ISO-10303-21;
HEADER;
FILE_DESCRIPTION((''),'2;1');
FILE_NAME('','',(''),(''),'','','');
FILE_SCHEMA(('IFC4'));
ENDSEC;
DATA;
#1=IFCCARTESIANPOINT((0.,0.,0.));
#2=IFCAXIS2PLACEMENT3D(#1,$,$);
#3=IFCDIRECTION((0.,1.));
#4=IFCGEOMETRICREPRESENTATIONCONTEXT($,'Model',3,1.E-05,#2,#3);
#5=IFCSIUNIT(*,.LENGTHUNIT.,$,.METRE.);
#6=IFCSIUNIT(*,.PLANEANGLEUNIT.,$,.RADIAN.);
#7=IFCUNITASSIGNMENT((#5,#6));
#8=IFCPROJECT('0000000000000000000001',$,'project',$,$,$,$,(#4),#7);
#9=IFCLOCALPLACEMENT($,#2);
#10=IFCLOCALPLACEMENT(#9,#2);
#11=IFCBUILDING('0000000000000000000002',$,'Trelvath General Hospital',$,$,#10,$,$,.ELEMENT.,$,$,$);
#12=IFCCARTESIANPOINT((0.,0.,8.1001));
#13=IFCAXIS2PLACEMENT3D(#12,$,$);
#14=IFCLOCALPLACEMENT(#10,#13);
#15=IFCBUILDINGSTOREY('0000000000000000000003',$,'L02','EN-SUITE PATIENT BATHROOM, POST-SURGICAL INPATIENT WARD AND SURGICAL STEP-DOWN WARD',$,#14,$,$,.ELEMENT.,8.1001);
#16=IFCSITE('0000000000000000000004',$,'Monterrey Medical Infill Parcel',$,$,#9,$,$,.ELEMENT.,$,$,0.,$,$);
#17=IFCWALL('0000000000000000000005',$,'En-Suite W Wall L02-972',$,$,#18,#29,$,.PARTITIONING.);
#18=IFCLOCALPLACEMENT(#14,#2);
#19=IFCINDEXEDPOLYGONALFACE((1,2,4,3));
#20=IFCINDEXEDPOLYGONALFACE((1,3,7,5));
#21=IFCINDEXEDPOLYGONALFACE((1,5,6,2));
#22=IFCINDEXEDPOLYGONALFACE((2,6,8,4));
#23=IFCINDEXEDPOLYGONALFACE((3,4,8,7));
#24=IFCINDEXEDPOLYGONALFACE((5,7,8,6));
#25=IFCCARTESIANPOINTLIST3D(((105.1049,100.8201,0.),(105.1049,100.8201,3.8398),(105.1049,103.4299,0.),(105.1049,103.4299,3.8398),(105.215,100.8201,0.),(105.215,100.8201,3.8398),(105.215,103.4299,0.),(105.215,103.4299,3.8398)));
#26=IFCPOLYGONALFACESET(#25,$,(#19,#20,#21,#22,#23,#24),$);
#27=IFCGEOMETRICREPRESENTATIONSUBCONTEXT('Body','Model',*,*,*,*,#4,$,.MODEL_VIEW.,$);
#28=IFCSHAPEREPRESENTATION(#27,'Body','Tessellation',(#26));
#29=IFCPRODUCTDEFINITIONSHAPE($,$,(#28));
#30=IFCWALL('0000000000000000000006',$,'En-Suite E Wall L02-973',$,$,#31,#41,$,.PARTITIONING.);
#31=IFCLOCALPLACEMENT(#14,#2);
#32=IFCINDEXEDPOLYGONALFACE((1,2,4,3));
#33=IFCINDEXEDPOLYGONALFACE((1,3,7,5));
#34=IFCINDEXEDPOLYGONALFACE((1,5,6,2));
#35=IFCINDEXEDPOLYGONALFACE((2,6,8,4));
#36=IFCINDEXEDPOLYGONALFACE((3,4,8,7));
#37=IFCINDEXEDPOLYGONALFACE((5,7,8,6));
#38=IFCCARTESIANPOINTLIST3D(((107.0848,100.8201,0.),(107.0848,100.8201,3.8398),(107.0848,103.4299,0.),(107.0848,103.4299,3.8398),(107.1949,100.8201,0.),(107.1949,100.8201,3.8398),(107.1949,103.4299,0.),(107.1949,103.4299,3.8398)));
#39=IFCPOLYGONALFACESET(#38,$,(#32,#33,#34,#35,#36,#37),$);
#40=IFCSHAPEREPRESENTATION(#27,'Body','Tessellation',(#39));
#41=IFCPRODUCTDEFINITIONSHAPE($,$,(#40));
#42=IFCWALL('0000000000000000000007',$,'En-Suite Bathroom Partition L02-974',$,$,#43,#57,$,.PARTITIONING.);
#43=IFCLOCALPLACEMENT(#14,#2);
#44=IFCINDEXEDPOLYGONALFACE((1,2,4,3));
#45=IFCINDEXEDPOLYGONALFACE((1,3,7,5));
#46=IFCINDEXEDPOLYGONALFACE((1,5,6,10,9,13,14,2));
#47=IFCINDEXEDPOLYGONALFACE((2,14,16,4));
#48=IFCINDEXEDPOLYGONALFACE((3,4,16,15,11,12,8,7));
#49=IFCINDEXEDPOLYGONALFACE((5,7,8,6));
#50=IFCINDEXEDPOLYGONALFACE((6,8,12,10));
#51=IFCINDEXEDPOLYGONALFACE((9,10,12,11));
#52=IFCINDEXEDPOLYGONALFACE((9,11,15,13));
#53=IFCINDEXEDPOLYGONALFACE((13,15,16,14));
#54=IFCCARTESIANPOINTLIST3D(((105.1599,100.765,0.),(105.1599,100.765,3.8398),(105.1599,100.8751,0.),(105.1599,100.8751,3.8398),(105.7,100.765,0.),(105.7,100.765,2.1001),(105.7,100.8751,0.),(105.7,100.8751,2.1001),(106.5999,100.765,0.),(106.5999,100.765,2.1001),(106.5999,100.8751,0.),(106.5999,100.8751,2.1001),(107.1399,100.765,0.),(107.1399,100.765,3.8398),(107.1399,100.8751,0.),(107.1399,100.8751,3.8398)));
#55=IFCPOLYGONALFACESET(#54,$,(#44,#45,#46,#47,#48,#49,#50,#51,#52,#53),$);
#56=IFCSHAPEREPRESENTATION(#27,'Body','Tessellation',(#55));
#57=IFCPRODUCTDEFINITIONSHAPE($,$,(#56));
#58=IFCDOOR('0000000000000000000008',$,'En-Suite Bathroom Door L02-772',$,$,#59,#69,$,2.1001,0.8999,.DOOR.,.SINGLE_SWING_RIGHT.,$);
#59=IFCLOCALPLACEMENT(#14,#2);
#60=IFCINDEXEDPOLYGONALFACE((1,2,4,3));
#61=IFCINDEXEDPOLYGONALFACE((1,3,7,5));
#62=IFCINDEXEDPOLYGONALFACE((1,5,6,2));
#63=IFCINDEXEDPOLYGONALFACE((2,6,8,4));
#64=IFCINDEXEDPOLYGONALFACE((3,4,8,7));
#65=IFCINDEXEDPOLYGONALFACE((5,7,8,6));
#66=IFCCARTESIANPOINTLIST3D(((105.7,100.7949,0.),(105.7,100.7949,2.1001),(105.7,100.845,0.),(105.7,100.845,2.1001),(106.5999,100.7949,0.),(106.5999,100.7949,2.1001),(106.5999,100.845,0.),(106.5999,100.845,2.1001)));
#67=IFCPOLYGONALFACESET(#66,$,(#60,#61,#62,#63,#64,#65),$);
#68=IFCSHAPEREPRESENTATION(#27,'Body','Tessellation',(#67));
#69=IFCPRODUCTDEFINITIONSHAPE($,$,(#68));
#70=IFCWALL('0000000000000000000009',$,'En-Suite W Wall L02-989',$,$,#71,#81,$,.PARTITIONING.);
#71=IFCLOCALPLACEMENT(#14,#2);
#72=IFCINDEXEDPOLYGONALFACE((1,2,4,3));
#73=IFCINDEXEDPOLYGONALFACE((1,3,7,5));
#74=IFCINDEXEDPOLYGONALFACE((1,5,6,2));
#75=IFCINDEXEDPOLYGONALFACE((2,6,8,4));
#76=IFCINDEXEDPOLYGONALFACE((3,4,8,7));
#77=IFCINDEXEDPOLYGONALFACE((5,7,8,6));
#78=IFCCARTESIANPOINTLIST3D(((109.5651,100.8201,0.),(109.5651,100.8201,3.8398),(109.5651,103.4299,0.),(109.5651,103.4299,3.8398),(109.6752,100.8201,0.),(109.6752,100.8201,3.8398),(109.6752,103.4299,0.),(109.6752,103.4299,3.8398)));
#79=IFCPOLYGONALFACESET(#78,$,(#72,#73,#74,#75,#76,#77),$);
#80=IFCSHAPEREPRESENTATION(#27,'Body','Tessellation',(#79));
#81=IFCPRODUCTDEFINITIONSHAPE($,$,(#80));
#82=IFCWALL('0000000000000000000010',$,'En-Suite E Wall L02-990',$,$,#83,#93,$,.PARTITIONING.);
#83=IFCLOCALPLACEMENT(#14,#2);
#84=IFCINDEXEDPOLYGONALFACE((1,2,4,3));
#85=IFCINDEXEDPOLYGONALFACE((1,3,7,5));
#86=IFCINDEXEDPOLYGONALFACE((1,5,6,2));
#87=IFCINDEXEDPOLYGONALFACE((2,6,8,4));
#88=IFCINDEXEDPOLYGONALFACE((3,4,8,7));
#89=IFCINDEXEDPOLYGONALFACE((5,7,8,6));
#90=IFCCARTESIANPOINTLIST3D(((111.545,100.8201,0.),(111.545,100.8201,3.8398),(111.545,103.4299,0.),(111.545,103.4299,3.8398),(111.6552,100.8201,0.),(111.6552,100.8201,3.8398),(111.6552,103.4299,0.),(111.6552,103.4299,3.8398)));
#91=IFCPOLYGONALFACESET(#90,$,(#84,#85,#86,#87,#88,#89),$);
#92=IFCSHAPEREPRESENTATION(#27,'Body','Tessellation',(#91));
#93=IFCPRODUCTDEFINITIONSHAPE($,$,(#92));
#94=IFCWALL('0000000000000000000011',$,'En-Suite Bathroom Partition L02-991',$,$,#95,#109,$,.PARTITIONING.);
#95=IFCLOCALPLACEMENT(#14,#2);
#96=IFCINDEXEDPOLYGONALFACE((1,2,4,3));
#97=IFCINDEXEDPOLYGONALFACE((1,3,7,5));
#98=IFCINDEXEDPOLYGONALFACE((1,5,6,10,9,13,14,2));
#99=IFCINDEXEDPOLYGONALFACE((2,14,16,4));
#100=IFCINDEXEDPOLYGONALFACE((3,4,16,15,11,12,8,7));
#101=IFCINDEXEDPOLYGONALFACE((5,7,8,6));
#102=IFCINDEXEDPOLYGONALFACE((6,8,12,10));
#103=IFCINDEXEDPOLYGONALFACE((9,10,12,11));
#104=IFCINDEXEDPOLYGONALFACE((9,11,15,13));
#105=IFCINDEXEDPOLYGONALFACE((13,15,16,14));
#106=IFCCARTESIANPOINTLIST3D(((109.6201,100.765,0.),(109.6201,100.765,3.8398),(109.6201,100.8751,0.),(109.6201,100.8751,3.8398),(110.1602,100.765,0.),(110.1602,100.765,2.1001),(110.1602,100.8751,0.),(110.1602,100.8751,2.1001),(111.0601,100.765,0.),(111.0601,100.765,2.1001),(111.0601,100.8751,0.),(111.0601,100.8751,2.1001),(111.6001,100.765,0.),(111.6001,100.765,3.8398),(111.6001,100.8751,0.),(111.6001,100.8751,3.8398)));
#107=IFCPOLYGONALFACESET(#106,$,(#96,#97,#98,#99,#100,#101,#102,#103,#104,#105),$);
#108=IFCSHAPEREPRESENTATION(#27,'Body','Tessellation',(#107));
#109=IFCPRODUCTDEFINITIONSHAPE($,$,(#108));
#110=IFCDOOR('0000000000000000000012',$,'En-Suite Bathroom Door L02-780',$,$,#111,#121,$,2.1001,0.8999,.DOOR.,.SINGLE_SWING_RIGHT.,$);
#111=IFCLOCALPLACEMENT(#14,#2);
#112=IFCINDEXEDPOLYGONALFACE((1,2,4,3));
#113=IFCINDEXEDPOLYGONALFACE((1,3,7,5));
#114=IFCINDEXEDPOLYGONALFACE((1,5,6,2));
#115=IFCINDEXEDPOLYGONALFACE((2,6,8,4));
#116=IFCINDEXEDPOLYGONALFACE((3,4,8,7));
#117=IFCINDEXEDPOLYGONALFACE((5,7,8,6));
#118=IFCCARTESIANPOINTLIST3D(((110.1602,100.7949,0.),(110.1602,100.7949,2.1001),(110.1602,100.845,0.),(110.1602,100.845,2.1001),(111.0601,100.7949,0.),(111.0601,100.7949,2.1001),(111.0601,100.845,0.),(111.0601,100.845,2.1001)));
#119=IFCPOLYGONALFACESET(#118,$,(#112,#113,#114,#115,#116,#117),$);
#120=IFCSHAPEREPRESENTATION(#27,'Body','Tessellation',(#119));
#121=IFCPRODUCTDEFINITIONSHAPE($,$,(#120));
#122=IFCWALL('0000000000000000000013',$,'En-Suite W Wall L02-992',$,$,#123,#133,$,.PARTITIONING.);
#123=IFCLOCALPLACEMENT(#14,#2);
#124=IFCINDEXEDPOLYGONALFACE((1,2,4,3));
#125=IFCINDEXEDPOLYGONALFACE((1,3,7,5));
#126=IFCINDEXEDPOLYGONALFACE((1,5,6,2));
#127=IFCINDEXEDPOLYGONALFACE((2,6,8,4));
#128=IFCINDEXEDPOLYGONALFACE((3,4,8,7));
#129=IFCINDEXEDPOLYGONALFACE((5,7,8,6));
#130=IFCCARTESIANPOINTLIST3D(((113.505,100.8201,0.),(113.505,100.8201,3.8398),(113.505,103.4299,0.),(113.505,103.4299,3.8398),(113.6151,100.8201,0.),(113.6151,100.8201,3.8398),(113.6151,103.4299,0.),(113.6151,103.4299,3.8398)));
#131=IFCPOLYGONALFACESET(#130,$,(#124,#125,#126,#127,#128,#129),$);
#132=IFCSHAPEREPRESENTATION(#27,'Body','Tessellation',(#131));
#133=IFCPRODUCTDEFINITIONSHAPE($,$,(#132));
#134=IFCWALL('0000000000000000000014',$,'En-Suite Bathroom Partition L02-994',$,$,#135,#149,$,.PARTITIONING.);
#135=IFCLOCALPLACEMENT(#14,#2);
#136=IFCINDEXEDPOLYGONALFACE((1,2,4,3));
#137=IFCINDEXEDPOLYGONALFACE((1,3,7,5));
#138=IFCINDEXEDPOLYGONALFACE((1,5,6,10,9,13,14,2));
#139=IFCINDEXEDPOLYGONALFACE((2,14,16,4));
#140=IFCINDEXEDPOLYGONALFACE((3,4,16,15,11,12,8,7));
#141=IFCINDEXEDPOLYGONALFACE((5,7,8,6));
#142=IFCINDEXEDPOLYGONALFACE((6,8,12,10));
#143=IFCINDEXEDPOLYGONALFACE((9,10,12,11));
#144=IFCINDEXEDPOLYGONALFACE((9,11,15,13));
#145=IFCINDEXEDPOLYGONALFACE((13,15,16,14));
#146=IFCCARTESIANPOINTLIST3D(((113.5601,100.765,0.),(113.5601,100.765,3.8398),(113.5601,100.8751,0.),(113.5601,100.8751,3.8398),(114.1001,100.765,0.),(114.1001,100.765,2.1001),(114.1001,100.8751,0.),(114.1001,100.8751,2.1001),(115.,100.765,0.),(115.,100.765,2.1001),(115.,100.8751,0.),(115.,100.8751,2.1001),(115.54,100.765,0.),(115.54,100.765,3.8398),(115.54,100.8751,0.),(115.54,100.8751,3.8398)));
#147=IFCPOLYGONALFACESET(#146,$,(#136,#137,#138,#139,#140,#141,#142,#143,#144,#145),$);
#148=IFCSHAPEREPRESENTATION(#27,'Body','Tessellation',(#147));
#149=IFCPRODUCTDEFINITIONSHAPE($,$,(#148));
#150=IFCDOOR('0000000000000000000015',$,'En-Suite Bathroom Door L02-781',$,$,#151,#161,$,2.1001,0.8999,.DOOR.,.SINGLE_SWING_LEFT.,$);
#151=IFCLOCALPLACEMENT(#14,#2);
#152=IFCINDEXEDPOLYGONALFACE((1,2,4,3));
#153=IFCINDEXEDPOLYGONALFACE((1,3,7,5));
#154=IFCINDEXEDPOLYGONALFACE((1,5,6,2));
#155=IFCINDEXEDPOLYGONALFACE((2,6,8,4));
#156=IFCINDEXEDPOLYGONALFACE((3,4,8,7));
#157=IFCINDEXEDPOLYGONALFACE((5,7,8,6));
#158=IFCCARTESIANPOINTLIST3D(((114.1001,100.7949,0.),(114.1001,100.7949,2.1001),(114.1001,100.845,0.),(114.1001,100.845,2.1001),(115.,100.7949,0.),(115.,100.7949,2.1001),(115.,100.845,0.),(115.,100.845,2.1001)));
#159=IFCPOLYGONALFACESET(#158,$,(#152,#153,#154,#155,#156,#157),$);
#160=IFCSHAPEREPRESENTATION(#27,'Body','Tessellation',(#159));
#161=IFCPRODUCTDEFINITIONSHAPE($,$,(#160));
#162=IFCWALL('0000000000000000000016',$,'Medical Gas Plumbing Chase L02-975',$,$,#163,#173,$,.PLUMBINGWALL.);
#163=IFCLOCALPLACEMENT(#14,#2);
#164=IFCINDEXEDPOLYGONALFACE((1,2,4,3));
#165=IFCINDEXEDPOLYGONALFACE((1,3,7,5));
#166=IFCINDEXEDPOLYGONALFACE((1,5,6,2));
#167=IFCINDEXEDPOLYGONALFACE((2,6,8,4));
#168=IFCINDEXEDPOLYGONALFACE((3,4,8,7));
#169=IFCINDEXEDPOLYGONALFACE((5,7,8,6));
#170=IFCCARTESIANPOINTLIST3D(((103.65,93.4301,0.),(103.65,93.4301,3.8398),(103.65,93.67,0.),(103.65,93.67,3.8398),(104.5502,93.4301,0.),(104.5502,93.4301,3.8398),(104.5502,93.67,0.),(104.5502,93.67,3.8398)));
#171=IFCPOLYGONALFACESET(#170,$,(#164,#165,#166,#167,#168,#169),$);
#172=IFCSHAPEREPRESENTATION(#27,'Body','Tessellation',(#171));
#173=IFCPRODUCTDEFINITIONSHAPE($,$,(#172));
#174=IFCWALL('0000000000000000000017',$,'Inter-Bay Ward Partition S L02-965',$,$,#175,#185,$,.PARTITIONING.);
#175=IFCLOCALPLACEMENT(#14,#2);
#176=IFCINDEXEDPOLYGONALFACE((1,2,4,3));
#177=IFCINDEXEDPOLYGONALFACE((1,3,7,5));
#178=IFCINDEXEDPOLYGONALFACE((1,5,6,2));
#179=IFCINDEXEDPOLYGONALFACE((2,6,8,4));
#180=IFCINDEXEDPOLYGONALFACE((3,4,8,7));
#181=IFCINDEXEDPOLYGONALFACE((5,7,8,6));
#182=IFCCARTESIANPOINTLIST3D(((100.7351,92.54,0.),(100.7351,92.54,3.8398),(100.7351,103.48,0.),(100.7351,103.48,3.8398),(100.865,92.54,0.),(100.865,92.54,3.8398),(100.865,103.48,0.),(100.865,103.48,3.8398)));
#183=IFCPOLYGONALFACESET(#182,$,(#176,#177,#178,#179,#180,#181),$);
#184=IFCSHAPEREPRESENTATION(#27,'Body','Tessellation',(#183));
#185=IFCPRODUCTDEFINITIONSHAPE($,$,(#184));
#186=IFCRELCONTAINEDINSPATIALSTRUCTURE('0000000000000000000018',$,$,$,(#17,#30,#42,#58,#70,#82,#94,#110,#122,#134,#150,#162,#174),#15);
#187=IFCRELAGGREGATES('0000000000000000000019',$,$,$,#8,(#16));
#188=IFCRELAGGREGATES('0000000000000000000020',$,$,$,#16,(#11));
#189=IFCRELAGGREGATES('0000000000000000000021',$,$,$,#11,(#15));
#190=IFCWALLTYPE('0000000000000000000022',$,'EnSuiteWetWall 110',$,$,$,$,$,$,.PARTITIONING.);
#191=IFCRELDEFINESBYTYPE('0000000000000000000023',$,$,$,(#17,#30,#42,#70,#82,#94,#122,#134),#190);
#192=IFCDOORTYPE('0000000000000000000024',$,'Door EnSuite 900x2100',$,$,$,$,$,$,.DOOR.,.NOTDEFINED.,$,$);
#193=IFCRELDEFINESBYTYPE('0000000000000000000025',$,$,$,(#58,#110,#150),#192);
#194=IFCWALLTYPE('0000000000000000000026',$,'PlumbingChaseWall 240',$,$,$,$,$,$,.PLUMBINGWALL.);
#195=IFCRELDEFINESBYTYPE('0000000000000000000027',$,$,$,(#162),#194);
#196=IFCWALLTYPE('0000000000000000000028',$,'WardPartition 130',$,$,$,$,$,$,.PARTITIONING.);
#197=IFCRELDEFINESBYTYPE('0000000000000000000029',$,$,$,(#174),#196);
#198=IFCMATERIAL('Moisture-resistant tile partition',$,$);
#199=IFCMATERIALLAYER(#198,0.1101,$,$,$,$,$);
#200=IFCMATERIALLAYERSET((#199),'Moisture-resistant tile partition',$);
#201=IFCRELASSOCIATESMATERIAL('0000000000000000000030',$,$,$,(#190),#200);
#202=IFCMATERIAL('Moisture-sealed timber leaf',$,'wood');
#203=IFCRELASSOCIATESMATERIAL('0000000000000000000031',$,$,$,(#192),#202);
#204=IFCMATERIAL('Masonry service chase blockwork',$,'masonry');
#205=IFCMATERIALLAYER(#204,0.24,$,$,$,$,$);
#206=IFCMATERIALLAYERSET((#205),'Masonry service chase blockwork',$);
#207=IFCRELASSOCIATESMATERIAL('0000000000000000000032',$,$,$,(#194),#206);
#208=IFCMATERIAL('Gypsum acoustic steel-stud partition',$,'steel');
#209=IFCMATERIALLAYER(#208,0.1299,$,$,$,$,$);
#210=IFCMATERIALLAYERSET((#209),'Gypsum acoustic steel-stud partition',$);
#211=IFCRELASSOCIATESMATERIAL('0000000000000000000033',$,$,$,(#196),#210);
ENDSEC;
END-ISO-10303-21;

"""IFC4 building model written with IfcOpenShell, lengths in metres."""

from ifc_helpers import new_model, si_unit, direction, frame, frame_2d, origin, place, context, subcontext, project, spatial, rectangle, extrude, material, layer, layer_set, type_object, element, fill, save


model = new_model("IFC4")

# Units and contexts
model_context = context("Model", 3, precision=1e-05, world=origin(), true_north=direction((0.0, 1.0)))
body_context = subcontext(model_context, "Body", "Model", "MODEL_VIEW")
ifc_project = project(units=[si_unit("LENGTHUNIT", "METRE"), si_unit("PLANEANGLEUNIT", "RADIAN")], contexts=[model_context])

# Site, building, storey
site_placement = place(None, origin())
site = spatial("IfcSite", under=ifc_project, at=site_placement, Name="Monterrey Medical Infill Parcel", CompositionType="ELEMENT", RefElevation=0.0)
building_placement = place(site_placement, origin())
building = spatial("IfcBuilding", under=site, at=building_placement, Name="Trelvath General Hospital", CompositionType="ELEMENT")
storey_placement = place(building_placement, frame((0.0, 0.0, 8.1001)))
storey = spatial("IfcBuildingStorey", under=building, at=storey_placement, Name="L02", Description="EN-SUITE PATIENT BATHROOM, POST-SURGICAL INPATIENT WARD AND SURGICAL STEP-DOWN WARD", CompositionType="ELEMENT", Elevation=8.1001)

# Shared definitions
ifc_material_1 = material(Name="Moisture-resistant tile partition")
ifc_layer_1 = layer(ifc_material_1, 0.1101)
ifc_layer_set_1 = layer_set([ifc_layer_1], Name="Moisture-resistant tile partition")
wall_type_1 = type_object("IfcWallType", Name="EnSuiteWetWall 110", PredefinedType="PARTITIONING", material=ifc_layer_set_1)

# Shared definitions
ifc_material_2 = material(Name="Moisture-sealed timber leaf", Category="wood")
door_type = type_object("IfcDoorType", Name="Door EnSuite 900x2100", OperationType="NOTDEFINED", PredefinedType="DOOR", material=ifc_material_2)

# Walls
for number, where, z_axis, x_axis, name in (
    (1, (105.1599, 100.8201, 0.0), (0.0, 0.0, 1.0), (0.0, 1.0, 0.0), "En-Suite W Wall L02-972"),
    (2, (107.1399, 100.8201, 0.0), (0.0, 0.0, 1.0), (0.0, 1.0, 0.0), "En-Suite E Wall L02-973"),
):
    element("IfcWall", number, at=place(storey_placement, frame(where, z_axis=z_axis, x_axis=x_axis)), inside=storey, type_object=wall_type_1, Name=name, PredefinedType="PARTITIONING", context=body_context, shape_type="SweptSolid", body=[
        extrude(rectangle(XDim=2.6099, YDim=0.1101, at=frame_2d((1.3049, 0.0))), origin(), (0.0, 0.0, 1.0), 3.8398),
    ])

# Wall, opening, door
wall_1_placement = place(storey_placement, frame((105.1599, 100.8201, 0.0), z_axis=(0.0, 0.0, 1.0), x_axis=(1.0, 0.0, 0.0)))
wall_1 = element("IfcWall", 3, at=wall_1_placement, inside=storey, type_object=wall_type_1, Name="En-Suite Bathroom Partition L02-974", PredefinedType="PARTITIONING", context=body_context, shape_type="SweptSolid", body=[
    extrude(rectangle(XDim=1.98, YDim=0.1101, at=frame_2d((0.99, 0.0))), origin(), (0.0, 0.0, 1.0), 3.8398),
])
opening_1_placement = place(wall_1_placement, frame((0.54, 0.0, 0.0)))
opening_1 = element("IfcOpeningElement", 4, at=opening_1_placement, cuts=wall_1, PredefinedType="OPENING", context=body_context, shape_type="SweptSolid", body=[
    extrude(rectangle(XDim=0.8999, YDim=2.1001, at=frame_2d((0.45, 1.05))), frame((0.0, 0.0649, 0.0), z_axis=(0.0, -1.0, 0.0), x_axis=(1.0, 0.0, 0.0)), (0.0, 0.0, 1.0), 0.1301),
])
door_1_placement = place(opening_1_placement, origin())
door_1 = element("IfcDoor", 5, at=door_1_placement, inside=storey, type_object=door_type, Name="En-Suite Bathroom Door L02-772", OperationType="SINGLE_SWING_RIGHT", OverallHeight=2.1001, OverallWidth=0.8999, PredefinedType="DOOR", context=body_context, shape_type="SweptSolid", body=[
    extrude(rectangle(XDim=0.8999, YDim=2.1001, at=frame_2d((0.45, 1.05))), frame((0.0, 0.0249, 0.0), z_axis=(0.0, -1.0, 0.0), x_axis=(1.0, 0.0, 0.0)), (0.0, 0.0, 1.0), 0.05),
])
fill(opening_1, door_1)

# Walls
for number, where, z_axis, x_axis, name in (
    (6, (109.6201, 100.8201, 0.0), (0.0, 0.0, 1.0), (0.0, 1.0, 0.0), "En-Suite W Wall L02-989"),
    (7, (111.6001, 100.8201, 0.0), (0.0, 0.0, 1.0), (0.0, 1.0, 0.0), "En-Suite E Wall L02-990"),
):
    element("IfcWall", number, at=place(storey_placement, frame(where, z_axis=z_axis, x_axis=x_axis)), inside=storey, type_object=wall_type_1, Name=name, PredefinedType="PARTITIONING", context=body_context, shape_type="SweptSolid", body=[
        extrude(rectangle(XDim=2.6099, YDim=0.1101, at=frame_2d((1.3049, 0.0))), origin(), (0.0, 0.0, 1.0), 3.8398),
    ])

# Wall, opening, door
wall_2_placement = place(storey_placement, frame((109.6201, 100.8201, 0.0), z_axis=(0.0, 0.0, 1.0), x_axis=(1.0, 0.0, 0.0)))
wall_2 = element("IfcWall", 8, at=wall_2_placement, inside=storey, type_object=wall_type_1, Name="En-Suite Bathroom Partition L02-991", PredefinedType="PARTITIONING", context=body_context, shape_type="SweptSolid", body=[
    extrude(rectangle(XDim=1.98, YDim=0.1101, at=frame_2d((0.99, 0.0))), origin(), (0.0, 0.0, 1.0), 3.8398),
])
opening_2_placement = place(wall_2_placement, frame((0.54, 0.0, 0.0)))
opening_2 = element("IfcOpeningElement", 9, at=opening_2_placement, cuts=wall_2, PredefinedType="OPENING", context=body_context, shape_type="SweptSolid", body=[
    extrude(rectangle(XDim=0.8999, YDim=2.1001, at=frame_2d((0.45, 1.05))), frame((0.0, 0.0649, 0.0), z_axis=(0.0, -1.0, 0.0), x_axis=(1.0, 0.0, 0.0)), (0.0, 0.0, 1.0), 0.1301),
])
door_2_placement = place(opening_2_placement, origin())
door_2 = element("IfcDoor", 10, at=door_2_placement, inside=storey, type_object=door_type, Name="En-Suite Bathroom Door L02-780", OperationType="SINGLE_SWING_RIGHT", OverallHeight=2.1001, OverallWidth=0.8999, PredefinedType="DOOR", context=body_context, shape_type="SweptSolid", body=[
    extrude(rectangle(XDim=0.8999, YDim=2.1001, at=frame_2d((0.45, 1.05))), frame((0.0, 0.0249, 0.0), z_axis=(0.0, -1.0, 0.0), x_axis=(1.0, 0.0, 0.0)), (0.0, 0.0, 1.0), 0.05),
])
fill(opening_2, door_2)

# Wall
wall_3_placement = place(storey_placement, frame((113.5601, 100.8201, 0.0), z_axis=(0.0, 0.0, 1.0), x_axis=(0.0, 1.0, 0.0)))
element("IfcWall", 11, at=wall_3_placement, inside=storey, type_object=wall_type_1, Name="En-Suite W Wall L02-992", PredefinedType="PARTITIONING", context=body_context, shape_type="SweptSolid", body=[
    extrude(rectangle(XDim=2.6099, YDim=0.1101, at=frame_2d((1.3049, 0.0))), origin(), (0.0, 0.0, 1.0), 3.8398),
])

# Wall, opening, door
wall_4_placement = place(storey_placement, frame((113.5601, 100.8201, 0.0), z_axis=(0.0, 0.0, 1.0), x_axis=(1.0, 0.0, 0.0)))
wall_4 = element("IfcWall", 12, at=wall_4_placement, inside=storey, type_object=wall_type_1, Name="En-Suite Bathroom Partition L02-994", PredefinedType="PARTITIONING", context=body_context, shape_type="SweptSolid", body=[
    extrude(rectangle(XDim=1.98, YDim=0.1101, at=frame_2d((0.99, 0.0))), origin(), (0.0, 0.0, 1.0), 3.8398),
])
opening_3_placement = place(wall_4_placement, frame((0.54, 0.0, 0.0)))
opening_3 = element("IfcOpeningElement", 13, at=opening_3_placement, cuts=wall_4, PredefinedType="OPENING", context=body_context, shape_type="SweptSolid", body=[
    extrude(rectangle(XDim=0.8999, YDim=2.1001, at=frame_2d((0.45, 1.05))), frame((0.0, 0.0649, 0.0), z_axis=(0.0, -1.0, 0.0), x_axis=(1.0, 0.0, 0.0)), (0.0, 0.0, 1.0), 0.1301),
])
door_3_placement = place(opening_3_placement, origin())
door_3 = element("IfcDoor", 14, at=door_3_placement, inside=storey, type_object=door_type, Name="En-Suite Bathroom Door L02-781", OperationType="SINGLE_SWING_LEFT", OverallHeight=2.1001, OverallWidth=0.8999, PredefinedType="DOOR", context=body_context, shape_type="SweptSolid", body=[
    extrude(rectangle(XDim=0.8999, YDim=2.1001, at=frame_2d((0.45, 1.05))), frame((0.0, 0.0249, 0.0), z_axis=(0.0, -1.0, 0.0), x_axis=(1.0, 0.0, 0.0)), (0.0, 0.0, 1.0), 0.05),
])
fill(opening_3, door_3)

# Walls
ifc_material_3 = material(Name="Masonry service chase blockwork", Category="masonry")
ifc_layer_2 = layer(ifc_material_3, 0.24)
ifc_layer_set_2 = layer_set([ifc_layer_2], Name="Masonry service chase blockwork")
wall_type_2 = type_object("IfcWallType", Name="PlumbingChaseWall 240", PredefinedType="PLUMBINGWALL", material=ifc_layer_set_2)
wall_5_placement = place(storey_placement, frame((103.6499, 93.55, 0.0), z_axis=(0.0, 0.0, 1.0), x_axis=(1.0, 0.0, 0.0)))
element("IfcWall", 15, at=wall_5_placement, inside=storey, type_object=wall_type_2, Name="Medical Gas Plumbing Chase L02-975", PredefinedType="PLUMBINGWALL", context=body_context, shape_type="SweptSolid", body=[
    extrude(rectangle(XDim=0.9001, YDim=0.24, at=frame_2d((0.4502, 0.0))), origin(), (0.0, 0.0, 1.0), 3.8398),
])
ifc_material_4 = material(Name="Gypsum acoustic steel-stud partition", Category="steel")
ifc_layer_3 = layer(ifc_material_4, 0.1299)
ifc_layer_set_3 = layer_set([ifc_layer_3], Name="Gypsum acoustic steel-stud partition")
wall_type_3 = type_object("IfcWallType", Name="WardPartition 130", PredefinedType="PARTITIONING", material=ifc_layer_set_3)
wall_6_placement = place(storey_placement, frame((100.8, 92.54, 0.0), z_axis=(0.0, 0.0, 1.0), x_axis=(0.0, 1.0, 0.0)))
element("IfcWall", 16, at=wall_6_placement, inside=storey, type_object=wall_type_3, Name="Inter-Bay Ward Partition S L02-965", PredefinedType="PARTITIONING", context=body_context, shape_type="SweptSolid", body=[
    extrude(rectangle(XDim=10.9399, YDim=0.1299, at=frame_2d((5.47, 0.0))), origin(), (0.0, 0.0, 1.0), 3.8398),
])

save(model, "model.ifc")
